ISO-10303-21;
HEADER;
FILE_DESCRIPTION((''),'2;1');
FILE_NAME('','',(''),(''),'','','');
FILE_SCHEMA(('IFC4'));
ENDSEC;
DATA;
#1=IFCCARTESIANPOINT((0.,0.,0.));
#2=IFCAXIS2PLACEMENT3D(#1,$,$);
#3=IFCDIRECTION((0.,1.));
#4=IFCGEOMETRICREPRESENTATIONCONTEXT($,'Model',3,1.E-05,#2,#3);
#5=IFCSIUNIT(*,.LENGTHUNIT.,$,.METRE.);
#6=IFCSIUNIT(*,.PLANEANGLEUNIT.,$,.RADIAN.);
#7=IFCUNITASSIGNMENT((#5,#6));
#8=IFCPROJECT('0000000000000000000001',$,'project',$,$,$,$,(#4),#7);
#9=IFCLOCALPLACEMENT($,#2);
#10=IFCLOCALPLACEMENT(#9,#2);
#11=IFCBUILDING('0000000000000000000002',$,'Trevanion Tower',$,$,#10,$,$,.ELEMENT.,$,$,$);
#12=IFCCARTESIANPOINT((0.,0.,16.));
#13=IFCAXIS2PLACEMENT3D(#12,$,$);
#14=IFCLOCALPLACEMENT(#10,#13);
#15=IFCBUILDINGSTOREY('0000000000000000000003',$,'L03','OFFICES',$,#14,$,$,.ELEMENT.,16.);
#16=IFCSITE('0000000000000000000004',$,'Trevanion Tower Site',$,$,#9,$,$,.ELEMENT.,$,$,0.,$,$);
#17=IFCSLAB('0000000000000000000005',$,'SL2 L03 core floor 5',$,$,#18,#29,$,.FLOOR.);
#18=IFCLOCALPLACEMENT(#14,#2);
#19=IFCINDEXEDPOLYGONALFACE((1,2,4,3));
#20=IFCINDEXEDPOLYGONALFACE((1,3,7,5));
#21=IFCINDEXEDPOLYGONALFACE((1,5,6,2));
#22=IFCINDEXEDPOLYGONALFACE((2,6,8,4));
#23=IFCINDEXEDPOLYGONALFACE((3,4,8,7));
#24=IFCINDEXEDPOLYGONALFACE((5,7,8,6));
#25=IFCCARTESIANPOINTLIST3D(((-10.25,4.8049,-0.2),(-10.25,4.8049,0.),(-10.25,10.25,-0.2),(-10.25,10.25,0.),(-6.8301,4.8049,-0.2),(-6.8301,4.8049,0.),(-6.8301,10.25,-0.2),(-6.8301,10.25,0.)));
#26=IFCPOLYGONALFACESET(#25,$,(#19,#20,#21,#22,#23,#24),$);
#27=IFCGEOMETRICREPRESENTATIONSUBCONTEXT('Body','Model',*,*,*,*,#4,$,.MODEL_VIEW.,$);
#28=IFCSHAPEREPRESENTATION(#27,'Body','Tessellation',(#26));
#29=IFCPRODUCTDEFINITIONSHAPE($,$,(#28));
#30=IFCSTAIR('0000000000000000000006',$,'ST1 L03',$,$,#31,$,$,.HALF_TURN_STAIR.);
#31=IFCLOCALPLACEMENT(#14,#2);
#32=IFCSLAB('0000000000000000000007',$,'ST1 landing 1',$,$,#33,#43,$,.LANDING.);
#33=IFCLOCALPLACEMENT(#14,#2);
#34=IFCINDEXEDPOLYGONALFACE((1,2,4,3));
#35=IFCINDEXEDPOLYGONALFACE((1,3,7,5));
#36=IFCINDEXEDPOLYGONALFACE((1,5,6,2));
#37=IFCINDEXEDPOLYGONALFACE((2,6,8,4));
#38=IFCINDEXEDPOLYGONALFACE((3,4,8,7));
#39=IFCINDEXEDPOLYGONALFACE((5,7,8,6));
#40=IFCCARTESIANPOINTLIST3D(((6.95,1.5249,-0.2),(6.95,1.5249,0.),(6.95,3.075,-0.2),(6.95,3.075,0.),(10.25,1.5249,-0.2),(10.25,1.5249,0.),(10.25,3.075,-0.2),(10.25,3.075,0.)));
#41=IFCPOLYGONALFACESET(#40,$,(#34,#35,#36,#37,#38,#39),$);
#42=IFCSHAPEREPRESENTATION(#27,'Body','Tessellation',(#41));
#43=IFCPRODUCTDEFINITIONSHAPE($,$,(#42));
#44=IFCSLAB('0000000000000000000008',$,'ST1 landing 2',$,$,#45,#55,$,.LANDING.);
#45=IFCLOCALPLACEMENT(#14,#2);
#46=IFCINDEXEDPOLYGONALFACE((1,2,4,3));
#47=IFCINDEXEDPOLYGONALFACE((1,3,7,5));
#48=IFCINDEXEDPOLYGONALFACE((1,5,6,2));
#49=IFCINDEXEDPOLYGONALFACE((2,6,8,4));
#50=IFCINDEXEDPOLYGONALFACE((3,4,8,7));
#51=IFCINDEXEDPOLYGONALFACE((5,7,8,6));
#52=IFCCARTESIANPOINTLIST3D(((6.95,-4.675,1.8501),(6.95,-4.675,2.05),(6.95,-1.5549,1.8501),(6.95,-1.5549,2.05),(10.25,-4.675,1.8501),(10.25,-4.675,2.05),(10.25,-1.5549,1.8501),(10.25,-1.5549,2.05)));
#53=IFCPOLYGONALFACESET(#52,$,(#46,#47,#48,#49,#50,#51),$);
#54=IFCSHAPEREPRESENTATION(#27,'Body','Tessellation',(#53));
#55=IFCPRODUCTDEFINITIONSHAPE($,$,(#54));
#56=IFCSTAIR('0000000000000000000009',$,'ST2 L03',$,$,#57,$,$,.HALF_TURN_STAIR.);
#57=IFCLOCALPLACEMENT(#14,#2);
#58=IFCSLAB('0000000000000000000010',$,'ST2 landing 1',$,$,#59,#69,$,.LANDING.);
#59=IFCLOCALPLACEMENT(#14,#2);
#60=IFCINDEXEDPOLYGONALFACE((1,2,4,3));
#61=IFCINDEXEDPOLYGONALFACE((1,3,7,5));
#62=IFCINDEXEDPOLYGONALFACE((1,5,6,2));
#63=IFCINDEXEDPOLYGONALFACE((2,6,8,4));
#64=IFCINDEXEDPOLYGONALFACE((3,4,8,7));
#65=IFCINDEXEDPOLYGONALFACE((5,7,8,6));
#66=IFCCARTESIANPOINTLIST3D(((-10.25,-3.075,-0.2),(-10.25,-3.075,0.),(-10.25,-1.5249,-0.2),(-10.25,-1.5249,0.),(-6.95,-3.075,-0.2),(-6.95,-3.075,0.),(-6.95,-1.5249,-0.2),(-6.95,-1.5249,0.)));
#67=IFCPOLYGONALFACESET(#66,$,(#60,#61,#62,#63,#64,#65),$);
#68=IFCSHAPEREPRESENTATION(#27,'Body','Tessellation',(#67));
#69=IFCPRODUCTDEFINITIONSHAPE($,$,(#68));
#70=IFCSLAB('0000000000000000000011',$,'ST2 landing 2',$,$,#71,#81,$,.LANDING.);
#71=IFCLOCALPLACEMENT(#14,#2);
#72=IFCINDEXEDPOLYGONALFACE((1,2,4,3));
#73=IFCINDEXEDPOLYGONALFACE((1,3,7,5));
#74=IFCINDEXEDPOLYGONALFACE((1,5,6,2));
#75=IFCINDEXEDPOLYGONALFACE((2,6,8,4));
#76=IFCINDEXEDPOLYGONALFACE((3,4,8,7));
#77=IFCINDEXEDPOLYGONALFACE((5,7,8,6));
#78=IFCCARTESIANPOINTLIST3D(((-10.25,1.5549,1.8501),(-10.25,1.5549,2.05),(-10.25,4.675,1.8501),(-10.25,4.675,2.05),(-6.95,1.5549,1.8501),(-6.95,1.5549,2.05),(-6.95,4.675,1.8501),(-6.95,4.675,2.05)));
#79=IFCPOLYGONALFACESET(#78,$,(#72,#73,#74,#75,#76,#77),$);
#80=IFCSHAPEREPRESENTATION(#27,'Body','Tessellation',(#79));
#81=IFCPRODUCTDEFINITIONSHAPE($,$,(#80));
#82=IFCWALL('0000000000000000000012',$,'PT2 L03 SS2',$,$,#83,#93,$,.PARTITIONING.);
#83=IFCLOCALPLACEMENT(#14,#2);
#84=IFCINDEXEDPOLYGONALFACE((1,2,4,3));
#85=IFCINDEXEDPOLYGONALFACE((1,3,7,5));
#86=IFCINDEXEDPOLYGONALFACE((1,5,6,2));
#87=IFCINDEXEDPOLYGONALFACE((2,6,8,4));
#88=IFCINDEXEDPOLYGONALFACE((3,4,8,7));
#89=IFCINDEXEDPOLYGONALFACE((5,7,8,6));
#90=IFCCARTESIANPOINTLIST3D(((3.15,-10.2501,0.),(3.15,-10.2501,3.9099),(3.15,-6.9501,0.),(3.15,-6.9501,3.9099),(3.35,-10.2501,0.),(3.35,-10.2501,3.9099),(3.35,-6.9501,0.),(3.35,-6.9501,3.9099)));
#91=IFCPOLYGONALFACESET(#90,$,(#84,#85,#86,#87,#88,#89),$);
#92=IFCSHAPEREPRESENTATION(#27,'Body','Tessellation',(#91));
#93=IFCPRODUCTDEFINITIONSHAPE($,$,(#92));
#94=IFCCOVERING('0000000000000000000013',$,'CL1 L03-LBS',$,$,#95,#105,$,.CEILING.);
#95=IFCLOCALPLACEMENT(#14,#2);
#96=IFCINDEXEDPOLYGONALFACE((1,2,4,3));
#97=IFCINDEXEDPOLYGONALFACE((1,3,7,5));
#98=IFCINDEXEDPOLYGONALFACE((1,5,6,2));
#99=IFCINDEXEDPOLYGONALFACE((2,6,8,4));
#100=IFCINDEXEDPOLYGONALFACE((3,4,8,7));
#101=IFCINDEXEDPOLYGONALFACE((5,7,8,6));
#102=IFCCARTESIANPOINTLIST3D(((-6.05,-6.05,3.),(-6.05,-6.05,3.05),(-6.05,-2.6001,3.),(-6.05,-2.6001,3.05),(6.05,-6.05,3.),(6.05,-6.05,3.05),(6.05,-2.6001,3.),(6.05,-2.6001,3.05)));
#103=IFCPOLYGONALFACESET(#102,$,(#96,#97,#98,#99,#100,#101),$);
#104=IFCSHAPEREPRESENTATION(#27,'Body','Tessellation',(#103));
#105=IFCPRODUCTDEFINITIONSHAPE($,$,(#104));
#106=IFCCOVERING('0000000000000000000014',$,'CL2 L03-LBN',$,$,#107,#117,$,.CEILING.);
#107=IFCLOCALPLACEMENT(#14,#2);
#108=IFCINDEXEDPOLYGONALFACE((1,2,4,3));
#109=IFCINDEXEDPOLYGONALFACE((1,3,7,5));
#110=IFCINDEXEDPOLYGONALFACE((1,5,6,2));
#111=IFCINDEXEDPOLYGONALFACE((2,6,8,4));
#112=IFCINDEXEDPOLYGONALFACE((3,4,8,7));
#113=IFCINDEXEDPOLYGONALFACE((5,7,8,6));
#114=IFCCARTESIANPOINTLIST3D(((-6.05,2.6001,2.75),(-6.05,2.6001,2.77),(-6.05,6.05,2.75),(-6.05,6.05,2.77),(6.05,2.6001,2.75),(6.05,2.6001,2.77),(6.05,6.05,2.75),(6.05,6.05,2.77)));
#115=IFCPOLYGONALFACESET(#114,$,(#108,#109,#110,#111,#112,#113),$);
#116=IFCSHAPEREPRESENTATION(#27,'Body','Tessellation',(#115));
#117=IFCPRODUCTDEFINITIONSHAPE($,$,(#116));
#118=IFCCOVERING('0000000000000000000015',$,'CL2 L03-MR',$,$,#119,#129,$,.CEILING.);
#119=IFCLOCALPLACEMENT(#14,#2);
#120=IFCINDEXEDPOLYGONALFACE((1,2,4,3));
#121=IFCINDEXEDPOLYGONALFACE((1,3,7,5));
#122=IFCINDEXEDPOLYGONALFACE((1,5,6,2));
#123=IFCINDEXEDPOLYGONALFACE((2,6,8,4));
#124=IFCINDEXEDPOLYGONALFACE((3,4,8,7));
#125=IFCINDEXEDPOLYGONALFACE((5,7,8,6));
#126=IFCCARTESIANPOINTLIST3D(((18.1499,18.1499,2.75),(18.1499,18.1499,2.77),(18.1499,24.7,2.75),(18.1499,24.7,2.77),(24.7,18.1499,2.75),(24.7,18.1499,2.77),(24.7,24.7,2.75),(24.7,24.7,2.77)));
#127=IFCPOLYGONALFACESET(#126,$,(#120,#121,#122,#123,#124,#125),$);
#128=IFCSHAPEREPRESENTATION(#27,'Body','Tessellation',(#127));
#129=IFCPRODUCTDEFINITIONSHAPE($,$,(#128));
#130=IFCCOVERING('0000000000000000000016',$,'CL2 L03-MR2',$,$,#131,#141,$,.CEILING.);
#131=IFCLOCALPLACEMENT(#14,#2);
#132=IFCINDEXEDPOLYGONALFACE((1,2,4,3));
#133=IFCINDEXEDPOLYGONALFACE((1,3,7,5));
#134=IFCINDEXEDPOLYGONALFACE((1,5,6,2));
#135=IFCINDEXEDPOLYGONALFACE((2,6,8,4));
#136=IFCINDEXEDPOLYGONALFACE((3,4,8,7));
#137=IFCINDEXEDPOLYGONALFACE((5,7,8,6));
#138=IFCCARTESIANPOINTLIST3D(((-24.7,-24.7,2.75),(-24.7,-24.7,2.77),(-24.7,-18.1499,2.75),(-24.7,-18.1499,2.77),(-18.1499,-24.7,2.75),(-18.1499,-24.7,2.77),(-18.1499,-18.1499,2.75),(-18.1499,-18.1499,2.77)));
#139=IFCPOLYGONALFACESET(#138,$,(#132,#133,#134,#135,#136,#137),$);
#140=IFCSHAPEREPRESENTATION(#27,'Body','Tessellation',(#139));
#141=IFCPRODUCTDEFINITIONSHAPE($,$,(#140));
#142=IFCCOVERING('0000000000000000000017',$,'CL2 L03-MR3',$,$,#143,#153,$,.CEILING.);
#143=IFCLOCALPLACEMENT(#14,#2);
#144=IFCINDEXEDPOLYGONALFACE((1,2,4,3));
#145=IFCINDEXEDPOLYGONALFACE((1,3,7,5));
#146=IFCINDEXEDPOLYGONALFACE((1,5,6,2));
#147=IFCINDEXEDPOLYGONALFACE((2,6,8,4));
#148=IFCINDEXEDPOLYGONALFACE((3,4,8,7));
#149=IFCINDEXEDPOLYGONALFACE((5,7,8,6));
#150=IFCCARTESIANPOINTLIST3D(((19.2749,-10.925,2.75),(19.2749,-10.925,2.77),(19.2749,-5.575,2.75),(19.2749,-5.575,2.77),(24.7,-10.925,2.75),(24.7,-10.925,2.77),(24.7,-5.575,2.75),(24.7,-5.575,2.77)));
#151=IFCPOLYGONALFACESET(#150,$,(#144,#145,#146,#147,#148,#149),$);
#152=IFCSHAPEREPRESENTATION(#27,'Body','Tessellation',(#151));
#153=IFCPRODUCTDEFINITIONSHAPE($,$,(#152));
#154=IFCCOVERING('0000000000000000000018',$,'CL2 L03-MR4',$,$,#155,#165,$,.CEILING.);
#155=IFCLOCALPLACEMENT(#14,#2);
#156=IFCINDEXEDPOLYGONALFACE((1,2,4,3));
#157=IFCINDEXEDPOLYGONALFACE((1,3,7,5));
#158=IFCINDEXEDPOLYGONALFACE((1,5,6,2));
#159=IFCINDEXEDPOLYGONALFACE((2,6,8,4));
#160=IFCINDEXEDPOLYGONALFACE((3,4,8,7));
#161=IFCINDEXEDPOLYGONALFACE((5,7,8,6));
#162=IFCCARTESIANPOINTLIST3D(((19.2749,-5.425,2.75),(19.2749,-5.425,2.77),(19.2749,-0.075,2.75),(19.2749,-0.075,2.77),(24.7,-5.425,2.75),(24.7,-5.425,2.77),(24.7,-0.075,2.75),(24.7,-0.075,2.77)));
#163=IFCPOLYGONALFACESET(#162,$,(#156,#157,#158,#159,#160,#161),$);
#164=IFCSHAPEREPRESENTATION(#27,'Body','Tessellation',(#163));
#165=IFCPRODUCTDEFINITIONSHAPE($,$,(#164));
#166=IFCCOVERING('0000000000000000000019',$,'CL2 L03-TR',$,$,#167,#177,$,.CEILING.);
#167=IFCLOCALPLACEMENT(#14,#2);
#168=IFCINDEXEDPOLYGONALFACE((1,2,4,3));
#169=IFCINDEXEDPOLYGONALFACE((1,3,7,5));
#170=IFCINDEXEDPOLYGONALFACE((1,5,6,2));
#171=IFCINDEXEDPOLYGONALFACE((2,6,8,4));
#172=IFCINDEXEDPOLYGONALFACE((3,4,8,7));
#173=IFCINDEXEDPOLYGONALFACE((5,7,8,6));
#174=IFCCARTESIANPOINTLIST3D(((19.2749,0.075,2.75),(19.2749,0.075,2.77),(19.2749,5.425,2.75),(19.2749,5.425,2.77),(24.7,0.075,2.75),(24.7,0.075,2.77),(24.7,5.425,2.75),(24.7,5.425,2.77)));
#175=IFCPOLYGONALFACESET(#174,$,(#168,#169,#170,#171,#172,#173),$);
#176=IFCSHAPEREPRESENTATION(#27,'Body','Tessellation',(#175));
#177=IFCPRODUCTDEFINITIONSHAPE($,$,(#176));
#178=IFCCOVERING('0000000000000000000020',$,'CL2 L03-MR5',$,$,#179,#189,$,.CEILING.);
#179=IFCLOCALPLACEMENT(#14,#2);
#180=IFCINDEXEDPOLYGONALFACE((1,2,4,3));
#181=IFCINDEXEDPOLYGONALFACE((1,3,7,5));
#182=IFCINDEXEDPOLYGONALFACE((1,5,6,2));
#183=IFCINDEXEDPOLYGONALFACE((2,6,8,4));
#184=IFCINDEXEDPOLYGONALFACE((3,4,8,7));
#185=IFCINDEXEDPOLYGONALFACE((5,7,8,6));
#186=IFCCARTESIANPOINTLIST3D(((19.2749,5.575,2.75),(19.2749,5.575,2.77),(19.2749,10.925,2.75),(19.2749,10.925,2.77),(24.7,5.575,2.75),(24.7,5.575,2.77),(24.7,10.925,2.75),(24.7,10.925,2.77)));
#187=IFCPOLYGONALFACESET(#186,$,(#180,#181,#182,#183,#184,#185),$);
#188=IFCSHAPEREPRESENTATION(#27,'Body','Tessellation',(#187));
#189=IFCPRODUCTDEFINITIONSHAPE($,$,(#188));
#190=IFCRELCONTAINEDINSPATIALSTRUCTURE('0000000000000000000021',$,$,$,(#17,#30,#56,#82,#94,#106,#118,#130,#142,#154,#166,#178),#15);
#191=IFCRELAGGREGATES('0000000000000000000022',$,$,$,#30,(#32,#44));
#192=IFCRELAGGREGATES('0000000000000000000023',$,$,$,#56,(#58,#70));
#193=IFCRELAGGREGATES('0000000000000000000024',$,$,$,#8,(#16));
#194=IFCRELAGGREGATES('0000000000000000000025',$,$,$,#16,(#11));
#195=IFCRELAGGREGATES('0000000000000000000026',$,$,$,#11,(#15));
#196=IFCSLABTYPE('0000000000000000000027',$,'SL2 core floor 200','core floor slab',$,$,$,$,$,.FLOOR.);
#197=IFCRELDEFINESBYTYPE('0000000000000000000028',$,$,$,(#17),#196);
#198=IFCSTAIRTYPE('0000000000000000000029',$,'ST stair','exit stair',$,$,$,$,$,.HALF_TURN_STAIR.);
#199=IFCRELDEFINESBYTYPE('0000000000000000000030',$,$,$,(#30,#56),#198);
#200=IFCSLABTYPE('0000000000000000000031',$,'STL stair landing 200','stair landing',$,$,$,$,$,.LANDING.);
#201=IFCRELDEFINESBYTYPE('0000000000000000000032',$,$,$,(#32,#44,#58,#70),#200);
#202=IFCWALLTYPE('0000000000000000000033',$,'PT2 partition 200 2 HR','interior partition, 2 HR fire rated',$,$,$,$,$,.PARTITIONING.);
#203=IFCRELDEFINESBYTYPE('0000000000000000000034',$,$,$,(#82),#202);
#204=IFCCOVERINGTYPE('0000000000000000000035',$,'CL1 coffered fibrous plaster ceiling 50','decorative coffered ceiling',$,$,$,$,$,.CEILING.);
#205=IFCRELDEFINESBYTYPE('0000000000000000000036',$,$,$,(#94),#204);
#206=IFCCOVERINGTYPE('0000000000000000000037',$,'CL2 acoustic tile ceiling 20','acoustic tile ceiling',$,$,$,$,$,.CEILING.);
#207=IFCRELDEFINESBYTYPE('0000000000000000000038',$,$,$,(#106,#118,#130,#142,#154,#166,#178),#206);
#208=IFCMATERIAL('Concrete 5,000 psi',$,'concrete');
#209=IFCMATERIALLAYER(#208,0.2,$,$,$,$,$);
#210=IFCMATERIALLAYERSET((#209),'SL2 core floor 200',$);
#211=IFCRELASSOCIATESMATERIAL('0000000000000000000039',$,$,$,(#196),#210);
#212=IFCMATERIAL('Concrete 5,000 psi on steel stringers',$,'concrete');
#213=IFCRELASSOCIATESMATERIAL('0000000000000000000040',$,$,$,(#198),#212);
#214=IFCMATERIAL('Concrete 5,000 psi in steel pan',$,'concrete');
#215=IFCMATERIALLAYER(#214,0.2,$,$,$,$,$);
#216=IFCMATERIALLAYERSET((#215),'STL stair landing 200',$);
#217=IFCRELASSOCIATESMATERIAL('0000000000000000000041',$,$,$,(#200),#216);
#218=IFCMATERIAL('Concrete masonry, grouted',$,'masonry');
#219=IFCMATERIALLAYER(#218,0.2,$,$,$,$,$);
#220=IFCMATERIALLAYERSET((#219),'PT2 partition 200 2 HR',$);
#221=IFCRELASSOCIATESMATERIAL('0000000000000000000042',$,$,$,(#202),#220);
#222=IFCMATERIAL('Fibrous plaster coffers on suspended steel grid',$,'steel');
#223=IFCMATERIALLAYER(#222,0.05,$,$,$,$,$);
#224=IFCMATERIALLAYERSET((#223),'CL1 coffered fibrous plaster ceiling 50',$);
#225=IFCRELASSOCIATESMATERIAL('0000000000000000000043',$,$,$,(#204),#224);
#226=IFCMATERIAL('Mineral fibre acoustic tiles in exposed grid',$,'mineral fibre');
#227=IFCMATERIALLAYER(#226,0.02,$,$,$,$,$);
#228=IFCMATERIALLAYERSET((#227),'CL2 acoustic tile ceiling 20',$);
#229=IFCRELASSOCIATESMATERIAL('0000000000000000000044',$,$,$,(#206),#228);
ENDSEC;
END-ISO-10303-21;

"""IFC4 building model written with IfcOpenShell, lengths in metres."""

from ifc_helpers import new_model, si_unit, direction, frame, frame_2d, origin, place, context, subcontext, project, spatial, polyline, rectangle, outline, extrude, material, layer, layer_set, type_object, element, aggregate, save


model = new_model("IFC4")

# Units and contexts
model_context = context("Model", 3, precision=1e-05, world=origin(), true_north=direction((0.0, 1.0)))
body_context = subcontext(model_context, "Body", "Model", "MODEL_VIEW")
ifc_project = project(units=[si_unit("LENGTHUNIT", "METRE"), si_unit("PLANEANGLEUNIT", "RADIAN")], contexts=[model_context])

# Site, building, storey
site_placement = place(None, origin())
site = spatial("IfcSite", under=ifc_project, at=site_placement, Name="Trevanion Tower Site", CompositionType="ELEMENT", RefElevation=0.0)
building_placement = place(site_placement, origin())
building = spatial("IfcBuilding", under=site, at=building_placement, Name="Trevanion Tower", CompositionType="ELEMENT")
storey_placement = place(building_placement, frame((0.0, 0.0, 16.0)))
storey = spatial("IfcBuildingStorey", under=building, at=storey_placement, Name="L03", Description="OFFICES", CompositionType="ELEMENT", Elevation=16.0)

# Slab
ifc_material_1 = material(Name="Concrete 5,000 psi", Category="concrete")
ifc_layer_1 = layer(ifc_material_1, 0.2)
ifc_layer_set_1 = layer_set([ifc_layer_1], Name="SL2 core floor 200")
slab_type_1 = type_object("IfcSlabType", Name="SL2 core floor 200", Description="core floor slab", PredefinedType="FLOOR", material=ifc_layer_set_1)
slab_1_placement = place(storey_placement, frame((0.0, 0.0, -0.2)))
element("IfcSlab", 1, at=slab_1_placement, inside=storey, type_object=slab_type_1, Name="SL2 L03 core floor 5", PredefinedType="FLOOR", context=body_context, shape_type="SweptSolid", body=[
    extrude(outline(polyline([(-6.8301, 4.8049), (-10.25, 4.8049), (-10.25, 10.25), (-6.8301, 10.25), (-6.8301, 4.8049)])), origin(), (0.0, 0.0, 1.0), 0.2),
])

# Stairs, slabs
ifc_material_2 = material(Name="Concrete 5,000 psi on steel stringers", Category="concrete")
stair_type = type_object("IfcStairType", Name="ST stair", Description="exit stair", PredefinedType="HALF_TURN_STAIR", material=ifc_material_2)
stair_1_placement = place(storey_placement, origin())
stair_1 = element("IfcStair", 2, at=stair_1_placement, inside=storey, type_object=stair_type, Name="ST1 L03", PredefinedType="HALF_TURN_STAIR")
ifc_material_3 = material(Name="Concrete 5,000 psi in steel pan", Category="concrete")
ifc_layer_2 = layer(ifc_material_3, 0.2)
ifc_layer_set_2 = layer_set([ifc_layer_2], Name="STL stair landing 200")
slab_type_2 = type_object("IfcSlabType", Name="STL stair landing 200", Description="stair landing", PredefinedType="LANDING", material=ifc_layer_set_2)
slab_2_placement = place(storey_placement, frame((0.0, 0.0, -0.2)))
slab_2 = element("IfcSlab", 3, at=slab_2_placement, type_object=slab_type_2, Name="ST1 landing 1", PredefinedType="LANDING", context=body_context, shape_type="SweptSolid", body=[
    extrude(outline(polyline([(6.95, 1.5249), (10.25, 1.5249), (10.25, 3.075), (6.95, 3.075), (6.95, 1.5249)])), origin(), (0.0, 0.0, 1.0), 0.2),
])
slab_3_placement = place(storey_placement, frame((0.0, 0.0, 1.8501)))
slab_3 = element("IfcSlab", 4, at=slab_3_placement, type_object=slab_type_2, Name="ST1 landing 2", PredefinedType="LANDING", context=body_context, shape_type="SweptSolid", body=[
    extrude(outline(polyline([(6.95, -4.675), (10.25, -4.675), (10.25, -1.5549), (6.95, -1.5549), (6.95, -4.675)])), origin(), (0.0, 0.0, 1.0), 0.2),
])
aggregate(stair_1, [slab_2, slab_3])
stair_2_placement = place(storey_placement, origin())
stair_2 = element("IfcStair", 5, at=stair_2_placement, inside=storey, type_object=stair_type, Name="ST2 L03", PredefinedType="HALF_TURN_STAIR")
slab_4_placement = place(storey_placement, frame((0.0, 0.0, -0.2)))
slab_4 = element("IfcSlab", 6, at=slab_4_placement, type_object=slab_type_2, Name="ST2 landing 1", PredefinedType="LANDING", context=body_context, shape_type="SweptSolid", body=[
    extrude(outline(polyline([(-6.95, -1.5249), (-10.25, -1.5249), (-10.25, -3.075), (-6.95, -3.075), (-6.95, -1.5249)])), origin(), (0.0, 0.0, 1.0), 0.2),
])
slab_5_placement = place(storey_placement, frame((0.0, 0.0, 1.8501)))
slab_5 = element("IfcSlab", 7, at=slab_5_placement, type_object=slab_type_2, Name="ST2 landing 2", PredefinedType="LANDING", context=body_context, shape_type="SweptSolid", body=[
    extrude(outline(polyline([(-6.95, 4.675), (-10.25, 4.675), (-10.25, 1.5549), (-6.95, 1.5549), (-6.95, 4.675)])), origin(), (0.0, 0.0, 1.0), 0.2),
])
aggregate(stair_2, [slab_4, slab_5])

# Wall
ifc_material_4 = material(Name="Concrete masonry, grouted", Category="masonry")
ifc_layer_3 = layer(ifc_material_4, 0.2)
ifc_layer_set_3 = layer_set([ifc_layer_3], Name="PT2 partition 200 2 HR")
wall_type = type_object("IfcWallType", Name="PT2 partition 200 2 HR", Description="interior partition, 2 HR fire rated", PredefinedType="PARTITIONING", material=ifc_layer_set_3)
wall_placement = place(storey_placement, frame((3.25, -10.25, 0.0), z_axis=(0.0, 0.0, 1.0), x_axis=(0.0, 1.0, 0.0)))
element("IfcWall", 8, at=wall_placement, inside=storey, type_object=wall_type, Name="PT2 L03 SS2", PredefinedType="PARTITIONING", context=body_context, shape_type="SweptSolid", body=[
    extrude(rectangle(XDim=3.3, YDim=0.2, at=frame_2d((1.6499, 0.0))), origin(), (0.0, 0.0, 1.0), 3.9099),
])

# Coverings
ifc_material_5 = material(Name="Fibrous plaster coffers on suspended steel grid", Category="steel")
ifc_layer_4 = layer(ifc_material_5, 0.05)
ifc_layer_set_4 = layer_set([ifc_layer_4], Name="CL1 coffered fibrous plaster ceiling 50")
covering_type_1 = type_object("IfcCoveringType", Name="CL1 coffered fibrous plaster ceiling 50", Description="decorative coffered ceiling", PredefinedType="CEILING", material=ifc_layer_set_4)
covering_1_placement = place(storey_placement, frame((0.0, 0.0, 3.0)))
element("IfcCovering", 9, at=covering_1_placement, inside=storey, type_object=covering_type_1, Name="CL1 L03-LBS", PredefinedType="CEILING", context=body_context, shape_type="SweptSolid", body=[
    extrude(outline(polyline([(6.05, -6.05), (6.05, -2.6001), (-6.05, -2.6001), (-6.05, -6.05), (6.05, -6.05)])), origin(), (0.0, 0.0, 1.0), 0.05),
])
ifc_material_6 = material(Name="Mineral fibre acoustic tiles in exposed grid", Category="mineral fibre")
ifc_layer_5 = layer(ifc_material_6, 0.02)
ifc_layer_set_5 = layer_set([ifc_layer_5], Name="CL2 acoustic tile ceiling 20")
covering_type_2 = type_object("IfcCoveringType", Name="CL2 acoustic tile ceiling 20", Description="acoustic tile ceiling", PredefinedType="CEILING", material=ifc_layer_set_5)
covering_2_placement = place(storey_placement, frame((0.0, 0.0, 2.75)))
element("IfcCovering", 10, at=covering_2_placement, inside=storey, type_object=covering_type_2, Name="CL2 L03-LBN", PredefinedType="CEILING", context=body_context, shape_type="SweptSolid", body=[
    extrude(outline(polyline([(6.05, 2.6001), (6.05, 6.05), (-6.05, 6.05), (-6.05, 2.6001), (6.05, 2.6001)])), origin(), (0.0, 0.0, 1.0), 0.02),
])
covering_3_placement = place(storey_placement, frame((0.0, 0.0, 2.75)))
element("IfcCovering", 11, at=covering_3_placement, inside=storey, type_object=covering_type_2, Name="CL2 L03-MR", PredefinedType="CEILING", context=body_context, shape_type="SweptSolid", body=[
    extrude(outline(polyline([(18.1499, 18.1499), (18.1499, 24.7), (24.7, 24.7), (24.7, 18.1499), (18.1499, 18.1499)])), origin(), (0.0, 0.0, 1.0), 0.02),
])
covering_4_placement = place(storey_placement, frame((0.0, 0.0, 2.75)))
element("IfcCovering", 12, at=covering_4_placement, inside=storey, type_object=covering_type_2, Name="CL2 L03-MR2", PredefinedType="CEILING", context=body_context, shape_type="SweptSolid", body=[
    extrude(outline(polyline([(-18.1499, -18.1499), (-18.1499, -24.7), (-24.7, -24.7), (-24.7, -18.1499), (-18.1499, -18.1499)])), origin(), (0.0, 0.0, 1.0), 0.02),
])
covering_5_placement = place(storey_placement, frame((0.0, 0.0, 2.75)))
element("IfcCovering", 13, at=covering_5_placement, inside=storey, type_object=covering_type_2, Name="CL2 L03-MR3", PredefinedType="CEILING", context=body_context, shape_type="SweptSolid", body=[
    extrude(outline(polyline([(19.2749, -10.925), (19.2749, -5.575), (24.7, -5.575), (24.7, -10.925), (19.2749, -10.925)])), origin(), (0.0, 0.0, 1.0), 0.02),
])
covering_6_placement = place(storey_placement, frame((0.0, 0.0, 2.75)))
element("IfcCovering", 14, at=covering_6_placement, inside=storey, type_object=covering_type_2, Name="CL2 L03-MR4", PredefinedType="CEILING", context=body_context, shape_type="SweptSolid", body=[
    extrude(outline(polyline([(19.2749, -5.425), (19.2749, -0.075), (24.7, -0.075), (24.7, -5.425), (19.2749, -5.425)])), origin(), (0.0, 0.0, 1.0), 0.02),
])
covering_7_placement = place(storey_placement, frame((0.0, 0.0, 2.75)))
element("IfcCovering", 15, at=covering_7_placement, inside=storey, type_object=covering_type_2, Name="CL2 L03-TR", PredefinedType="CEILING", context=body_context, shape_type="SweptSolid", body=[
    extrude(outline(polyline([(19.2749, 0.075), (19.2749, 5.425), (24.7, 5.425), (24.7, 0.075), (19.2749, 0.075)])), origin(), (0.0, 0.0, 1.0), 0.02),
])
covering_8_placement = place(storey_placement, frame((0.0, 0.0, 2.75)))
element("IfcCovering", 16, at=covering_8_placement, inside=storey, type_object=covering_type_2, Name="CL2 L03-MR5", PredefinedType="CEILING", context=body_context, shape_type="SweptSolid", body=[
    extrude(outline(polyline([(19.2749, 5.575), (19.2749, 10.925), (24.7, 10.925), (24.7, 5.575), (19.2749, 5.575)])), origin(), (0.0, 0.0, 1.0), 0.02),
])

save(model, "model.ifc")
